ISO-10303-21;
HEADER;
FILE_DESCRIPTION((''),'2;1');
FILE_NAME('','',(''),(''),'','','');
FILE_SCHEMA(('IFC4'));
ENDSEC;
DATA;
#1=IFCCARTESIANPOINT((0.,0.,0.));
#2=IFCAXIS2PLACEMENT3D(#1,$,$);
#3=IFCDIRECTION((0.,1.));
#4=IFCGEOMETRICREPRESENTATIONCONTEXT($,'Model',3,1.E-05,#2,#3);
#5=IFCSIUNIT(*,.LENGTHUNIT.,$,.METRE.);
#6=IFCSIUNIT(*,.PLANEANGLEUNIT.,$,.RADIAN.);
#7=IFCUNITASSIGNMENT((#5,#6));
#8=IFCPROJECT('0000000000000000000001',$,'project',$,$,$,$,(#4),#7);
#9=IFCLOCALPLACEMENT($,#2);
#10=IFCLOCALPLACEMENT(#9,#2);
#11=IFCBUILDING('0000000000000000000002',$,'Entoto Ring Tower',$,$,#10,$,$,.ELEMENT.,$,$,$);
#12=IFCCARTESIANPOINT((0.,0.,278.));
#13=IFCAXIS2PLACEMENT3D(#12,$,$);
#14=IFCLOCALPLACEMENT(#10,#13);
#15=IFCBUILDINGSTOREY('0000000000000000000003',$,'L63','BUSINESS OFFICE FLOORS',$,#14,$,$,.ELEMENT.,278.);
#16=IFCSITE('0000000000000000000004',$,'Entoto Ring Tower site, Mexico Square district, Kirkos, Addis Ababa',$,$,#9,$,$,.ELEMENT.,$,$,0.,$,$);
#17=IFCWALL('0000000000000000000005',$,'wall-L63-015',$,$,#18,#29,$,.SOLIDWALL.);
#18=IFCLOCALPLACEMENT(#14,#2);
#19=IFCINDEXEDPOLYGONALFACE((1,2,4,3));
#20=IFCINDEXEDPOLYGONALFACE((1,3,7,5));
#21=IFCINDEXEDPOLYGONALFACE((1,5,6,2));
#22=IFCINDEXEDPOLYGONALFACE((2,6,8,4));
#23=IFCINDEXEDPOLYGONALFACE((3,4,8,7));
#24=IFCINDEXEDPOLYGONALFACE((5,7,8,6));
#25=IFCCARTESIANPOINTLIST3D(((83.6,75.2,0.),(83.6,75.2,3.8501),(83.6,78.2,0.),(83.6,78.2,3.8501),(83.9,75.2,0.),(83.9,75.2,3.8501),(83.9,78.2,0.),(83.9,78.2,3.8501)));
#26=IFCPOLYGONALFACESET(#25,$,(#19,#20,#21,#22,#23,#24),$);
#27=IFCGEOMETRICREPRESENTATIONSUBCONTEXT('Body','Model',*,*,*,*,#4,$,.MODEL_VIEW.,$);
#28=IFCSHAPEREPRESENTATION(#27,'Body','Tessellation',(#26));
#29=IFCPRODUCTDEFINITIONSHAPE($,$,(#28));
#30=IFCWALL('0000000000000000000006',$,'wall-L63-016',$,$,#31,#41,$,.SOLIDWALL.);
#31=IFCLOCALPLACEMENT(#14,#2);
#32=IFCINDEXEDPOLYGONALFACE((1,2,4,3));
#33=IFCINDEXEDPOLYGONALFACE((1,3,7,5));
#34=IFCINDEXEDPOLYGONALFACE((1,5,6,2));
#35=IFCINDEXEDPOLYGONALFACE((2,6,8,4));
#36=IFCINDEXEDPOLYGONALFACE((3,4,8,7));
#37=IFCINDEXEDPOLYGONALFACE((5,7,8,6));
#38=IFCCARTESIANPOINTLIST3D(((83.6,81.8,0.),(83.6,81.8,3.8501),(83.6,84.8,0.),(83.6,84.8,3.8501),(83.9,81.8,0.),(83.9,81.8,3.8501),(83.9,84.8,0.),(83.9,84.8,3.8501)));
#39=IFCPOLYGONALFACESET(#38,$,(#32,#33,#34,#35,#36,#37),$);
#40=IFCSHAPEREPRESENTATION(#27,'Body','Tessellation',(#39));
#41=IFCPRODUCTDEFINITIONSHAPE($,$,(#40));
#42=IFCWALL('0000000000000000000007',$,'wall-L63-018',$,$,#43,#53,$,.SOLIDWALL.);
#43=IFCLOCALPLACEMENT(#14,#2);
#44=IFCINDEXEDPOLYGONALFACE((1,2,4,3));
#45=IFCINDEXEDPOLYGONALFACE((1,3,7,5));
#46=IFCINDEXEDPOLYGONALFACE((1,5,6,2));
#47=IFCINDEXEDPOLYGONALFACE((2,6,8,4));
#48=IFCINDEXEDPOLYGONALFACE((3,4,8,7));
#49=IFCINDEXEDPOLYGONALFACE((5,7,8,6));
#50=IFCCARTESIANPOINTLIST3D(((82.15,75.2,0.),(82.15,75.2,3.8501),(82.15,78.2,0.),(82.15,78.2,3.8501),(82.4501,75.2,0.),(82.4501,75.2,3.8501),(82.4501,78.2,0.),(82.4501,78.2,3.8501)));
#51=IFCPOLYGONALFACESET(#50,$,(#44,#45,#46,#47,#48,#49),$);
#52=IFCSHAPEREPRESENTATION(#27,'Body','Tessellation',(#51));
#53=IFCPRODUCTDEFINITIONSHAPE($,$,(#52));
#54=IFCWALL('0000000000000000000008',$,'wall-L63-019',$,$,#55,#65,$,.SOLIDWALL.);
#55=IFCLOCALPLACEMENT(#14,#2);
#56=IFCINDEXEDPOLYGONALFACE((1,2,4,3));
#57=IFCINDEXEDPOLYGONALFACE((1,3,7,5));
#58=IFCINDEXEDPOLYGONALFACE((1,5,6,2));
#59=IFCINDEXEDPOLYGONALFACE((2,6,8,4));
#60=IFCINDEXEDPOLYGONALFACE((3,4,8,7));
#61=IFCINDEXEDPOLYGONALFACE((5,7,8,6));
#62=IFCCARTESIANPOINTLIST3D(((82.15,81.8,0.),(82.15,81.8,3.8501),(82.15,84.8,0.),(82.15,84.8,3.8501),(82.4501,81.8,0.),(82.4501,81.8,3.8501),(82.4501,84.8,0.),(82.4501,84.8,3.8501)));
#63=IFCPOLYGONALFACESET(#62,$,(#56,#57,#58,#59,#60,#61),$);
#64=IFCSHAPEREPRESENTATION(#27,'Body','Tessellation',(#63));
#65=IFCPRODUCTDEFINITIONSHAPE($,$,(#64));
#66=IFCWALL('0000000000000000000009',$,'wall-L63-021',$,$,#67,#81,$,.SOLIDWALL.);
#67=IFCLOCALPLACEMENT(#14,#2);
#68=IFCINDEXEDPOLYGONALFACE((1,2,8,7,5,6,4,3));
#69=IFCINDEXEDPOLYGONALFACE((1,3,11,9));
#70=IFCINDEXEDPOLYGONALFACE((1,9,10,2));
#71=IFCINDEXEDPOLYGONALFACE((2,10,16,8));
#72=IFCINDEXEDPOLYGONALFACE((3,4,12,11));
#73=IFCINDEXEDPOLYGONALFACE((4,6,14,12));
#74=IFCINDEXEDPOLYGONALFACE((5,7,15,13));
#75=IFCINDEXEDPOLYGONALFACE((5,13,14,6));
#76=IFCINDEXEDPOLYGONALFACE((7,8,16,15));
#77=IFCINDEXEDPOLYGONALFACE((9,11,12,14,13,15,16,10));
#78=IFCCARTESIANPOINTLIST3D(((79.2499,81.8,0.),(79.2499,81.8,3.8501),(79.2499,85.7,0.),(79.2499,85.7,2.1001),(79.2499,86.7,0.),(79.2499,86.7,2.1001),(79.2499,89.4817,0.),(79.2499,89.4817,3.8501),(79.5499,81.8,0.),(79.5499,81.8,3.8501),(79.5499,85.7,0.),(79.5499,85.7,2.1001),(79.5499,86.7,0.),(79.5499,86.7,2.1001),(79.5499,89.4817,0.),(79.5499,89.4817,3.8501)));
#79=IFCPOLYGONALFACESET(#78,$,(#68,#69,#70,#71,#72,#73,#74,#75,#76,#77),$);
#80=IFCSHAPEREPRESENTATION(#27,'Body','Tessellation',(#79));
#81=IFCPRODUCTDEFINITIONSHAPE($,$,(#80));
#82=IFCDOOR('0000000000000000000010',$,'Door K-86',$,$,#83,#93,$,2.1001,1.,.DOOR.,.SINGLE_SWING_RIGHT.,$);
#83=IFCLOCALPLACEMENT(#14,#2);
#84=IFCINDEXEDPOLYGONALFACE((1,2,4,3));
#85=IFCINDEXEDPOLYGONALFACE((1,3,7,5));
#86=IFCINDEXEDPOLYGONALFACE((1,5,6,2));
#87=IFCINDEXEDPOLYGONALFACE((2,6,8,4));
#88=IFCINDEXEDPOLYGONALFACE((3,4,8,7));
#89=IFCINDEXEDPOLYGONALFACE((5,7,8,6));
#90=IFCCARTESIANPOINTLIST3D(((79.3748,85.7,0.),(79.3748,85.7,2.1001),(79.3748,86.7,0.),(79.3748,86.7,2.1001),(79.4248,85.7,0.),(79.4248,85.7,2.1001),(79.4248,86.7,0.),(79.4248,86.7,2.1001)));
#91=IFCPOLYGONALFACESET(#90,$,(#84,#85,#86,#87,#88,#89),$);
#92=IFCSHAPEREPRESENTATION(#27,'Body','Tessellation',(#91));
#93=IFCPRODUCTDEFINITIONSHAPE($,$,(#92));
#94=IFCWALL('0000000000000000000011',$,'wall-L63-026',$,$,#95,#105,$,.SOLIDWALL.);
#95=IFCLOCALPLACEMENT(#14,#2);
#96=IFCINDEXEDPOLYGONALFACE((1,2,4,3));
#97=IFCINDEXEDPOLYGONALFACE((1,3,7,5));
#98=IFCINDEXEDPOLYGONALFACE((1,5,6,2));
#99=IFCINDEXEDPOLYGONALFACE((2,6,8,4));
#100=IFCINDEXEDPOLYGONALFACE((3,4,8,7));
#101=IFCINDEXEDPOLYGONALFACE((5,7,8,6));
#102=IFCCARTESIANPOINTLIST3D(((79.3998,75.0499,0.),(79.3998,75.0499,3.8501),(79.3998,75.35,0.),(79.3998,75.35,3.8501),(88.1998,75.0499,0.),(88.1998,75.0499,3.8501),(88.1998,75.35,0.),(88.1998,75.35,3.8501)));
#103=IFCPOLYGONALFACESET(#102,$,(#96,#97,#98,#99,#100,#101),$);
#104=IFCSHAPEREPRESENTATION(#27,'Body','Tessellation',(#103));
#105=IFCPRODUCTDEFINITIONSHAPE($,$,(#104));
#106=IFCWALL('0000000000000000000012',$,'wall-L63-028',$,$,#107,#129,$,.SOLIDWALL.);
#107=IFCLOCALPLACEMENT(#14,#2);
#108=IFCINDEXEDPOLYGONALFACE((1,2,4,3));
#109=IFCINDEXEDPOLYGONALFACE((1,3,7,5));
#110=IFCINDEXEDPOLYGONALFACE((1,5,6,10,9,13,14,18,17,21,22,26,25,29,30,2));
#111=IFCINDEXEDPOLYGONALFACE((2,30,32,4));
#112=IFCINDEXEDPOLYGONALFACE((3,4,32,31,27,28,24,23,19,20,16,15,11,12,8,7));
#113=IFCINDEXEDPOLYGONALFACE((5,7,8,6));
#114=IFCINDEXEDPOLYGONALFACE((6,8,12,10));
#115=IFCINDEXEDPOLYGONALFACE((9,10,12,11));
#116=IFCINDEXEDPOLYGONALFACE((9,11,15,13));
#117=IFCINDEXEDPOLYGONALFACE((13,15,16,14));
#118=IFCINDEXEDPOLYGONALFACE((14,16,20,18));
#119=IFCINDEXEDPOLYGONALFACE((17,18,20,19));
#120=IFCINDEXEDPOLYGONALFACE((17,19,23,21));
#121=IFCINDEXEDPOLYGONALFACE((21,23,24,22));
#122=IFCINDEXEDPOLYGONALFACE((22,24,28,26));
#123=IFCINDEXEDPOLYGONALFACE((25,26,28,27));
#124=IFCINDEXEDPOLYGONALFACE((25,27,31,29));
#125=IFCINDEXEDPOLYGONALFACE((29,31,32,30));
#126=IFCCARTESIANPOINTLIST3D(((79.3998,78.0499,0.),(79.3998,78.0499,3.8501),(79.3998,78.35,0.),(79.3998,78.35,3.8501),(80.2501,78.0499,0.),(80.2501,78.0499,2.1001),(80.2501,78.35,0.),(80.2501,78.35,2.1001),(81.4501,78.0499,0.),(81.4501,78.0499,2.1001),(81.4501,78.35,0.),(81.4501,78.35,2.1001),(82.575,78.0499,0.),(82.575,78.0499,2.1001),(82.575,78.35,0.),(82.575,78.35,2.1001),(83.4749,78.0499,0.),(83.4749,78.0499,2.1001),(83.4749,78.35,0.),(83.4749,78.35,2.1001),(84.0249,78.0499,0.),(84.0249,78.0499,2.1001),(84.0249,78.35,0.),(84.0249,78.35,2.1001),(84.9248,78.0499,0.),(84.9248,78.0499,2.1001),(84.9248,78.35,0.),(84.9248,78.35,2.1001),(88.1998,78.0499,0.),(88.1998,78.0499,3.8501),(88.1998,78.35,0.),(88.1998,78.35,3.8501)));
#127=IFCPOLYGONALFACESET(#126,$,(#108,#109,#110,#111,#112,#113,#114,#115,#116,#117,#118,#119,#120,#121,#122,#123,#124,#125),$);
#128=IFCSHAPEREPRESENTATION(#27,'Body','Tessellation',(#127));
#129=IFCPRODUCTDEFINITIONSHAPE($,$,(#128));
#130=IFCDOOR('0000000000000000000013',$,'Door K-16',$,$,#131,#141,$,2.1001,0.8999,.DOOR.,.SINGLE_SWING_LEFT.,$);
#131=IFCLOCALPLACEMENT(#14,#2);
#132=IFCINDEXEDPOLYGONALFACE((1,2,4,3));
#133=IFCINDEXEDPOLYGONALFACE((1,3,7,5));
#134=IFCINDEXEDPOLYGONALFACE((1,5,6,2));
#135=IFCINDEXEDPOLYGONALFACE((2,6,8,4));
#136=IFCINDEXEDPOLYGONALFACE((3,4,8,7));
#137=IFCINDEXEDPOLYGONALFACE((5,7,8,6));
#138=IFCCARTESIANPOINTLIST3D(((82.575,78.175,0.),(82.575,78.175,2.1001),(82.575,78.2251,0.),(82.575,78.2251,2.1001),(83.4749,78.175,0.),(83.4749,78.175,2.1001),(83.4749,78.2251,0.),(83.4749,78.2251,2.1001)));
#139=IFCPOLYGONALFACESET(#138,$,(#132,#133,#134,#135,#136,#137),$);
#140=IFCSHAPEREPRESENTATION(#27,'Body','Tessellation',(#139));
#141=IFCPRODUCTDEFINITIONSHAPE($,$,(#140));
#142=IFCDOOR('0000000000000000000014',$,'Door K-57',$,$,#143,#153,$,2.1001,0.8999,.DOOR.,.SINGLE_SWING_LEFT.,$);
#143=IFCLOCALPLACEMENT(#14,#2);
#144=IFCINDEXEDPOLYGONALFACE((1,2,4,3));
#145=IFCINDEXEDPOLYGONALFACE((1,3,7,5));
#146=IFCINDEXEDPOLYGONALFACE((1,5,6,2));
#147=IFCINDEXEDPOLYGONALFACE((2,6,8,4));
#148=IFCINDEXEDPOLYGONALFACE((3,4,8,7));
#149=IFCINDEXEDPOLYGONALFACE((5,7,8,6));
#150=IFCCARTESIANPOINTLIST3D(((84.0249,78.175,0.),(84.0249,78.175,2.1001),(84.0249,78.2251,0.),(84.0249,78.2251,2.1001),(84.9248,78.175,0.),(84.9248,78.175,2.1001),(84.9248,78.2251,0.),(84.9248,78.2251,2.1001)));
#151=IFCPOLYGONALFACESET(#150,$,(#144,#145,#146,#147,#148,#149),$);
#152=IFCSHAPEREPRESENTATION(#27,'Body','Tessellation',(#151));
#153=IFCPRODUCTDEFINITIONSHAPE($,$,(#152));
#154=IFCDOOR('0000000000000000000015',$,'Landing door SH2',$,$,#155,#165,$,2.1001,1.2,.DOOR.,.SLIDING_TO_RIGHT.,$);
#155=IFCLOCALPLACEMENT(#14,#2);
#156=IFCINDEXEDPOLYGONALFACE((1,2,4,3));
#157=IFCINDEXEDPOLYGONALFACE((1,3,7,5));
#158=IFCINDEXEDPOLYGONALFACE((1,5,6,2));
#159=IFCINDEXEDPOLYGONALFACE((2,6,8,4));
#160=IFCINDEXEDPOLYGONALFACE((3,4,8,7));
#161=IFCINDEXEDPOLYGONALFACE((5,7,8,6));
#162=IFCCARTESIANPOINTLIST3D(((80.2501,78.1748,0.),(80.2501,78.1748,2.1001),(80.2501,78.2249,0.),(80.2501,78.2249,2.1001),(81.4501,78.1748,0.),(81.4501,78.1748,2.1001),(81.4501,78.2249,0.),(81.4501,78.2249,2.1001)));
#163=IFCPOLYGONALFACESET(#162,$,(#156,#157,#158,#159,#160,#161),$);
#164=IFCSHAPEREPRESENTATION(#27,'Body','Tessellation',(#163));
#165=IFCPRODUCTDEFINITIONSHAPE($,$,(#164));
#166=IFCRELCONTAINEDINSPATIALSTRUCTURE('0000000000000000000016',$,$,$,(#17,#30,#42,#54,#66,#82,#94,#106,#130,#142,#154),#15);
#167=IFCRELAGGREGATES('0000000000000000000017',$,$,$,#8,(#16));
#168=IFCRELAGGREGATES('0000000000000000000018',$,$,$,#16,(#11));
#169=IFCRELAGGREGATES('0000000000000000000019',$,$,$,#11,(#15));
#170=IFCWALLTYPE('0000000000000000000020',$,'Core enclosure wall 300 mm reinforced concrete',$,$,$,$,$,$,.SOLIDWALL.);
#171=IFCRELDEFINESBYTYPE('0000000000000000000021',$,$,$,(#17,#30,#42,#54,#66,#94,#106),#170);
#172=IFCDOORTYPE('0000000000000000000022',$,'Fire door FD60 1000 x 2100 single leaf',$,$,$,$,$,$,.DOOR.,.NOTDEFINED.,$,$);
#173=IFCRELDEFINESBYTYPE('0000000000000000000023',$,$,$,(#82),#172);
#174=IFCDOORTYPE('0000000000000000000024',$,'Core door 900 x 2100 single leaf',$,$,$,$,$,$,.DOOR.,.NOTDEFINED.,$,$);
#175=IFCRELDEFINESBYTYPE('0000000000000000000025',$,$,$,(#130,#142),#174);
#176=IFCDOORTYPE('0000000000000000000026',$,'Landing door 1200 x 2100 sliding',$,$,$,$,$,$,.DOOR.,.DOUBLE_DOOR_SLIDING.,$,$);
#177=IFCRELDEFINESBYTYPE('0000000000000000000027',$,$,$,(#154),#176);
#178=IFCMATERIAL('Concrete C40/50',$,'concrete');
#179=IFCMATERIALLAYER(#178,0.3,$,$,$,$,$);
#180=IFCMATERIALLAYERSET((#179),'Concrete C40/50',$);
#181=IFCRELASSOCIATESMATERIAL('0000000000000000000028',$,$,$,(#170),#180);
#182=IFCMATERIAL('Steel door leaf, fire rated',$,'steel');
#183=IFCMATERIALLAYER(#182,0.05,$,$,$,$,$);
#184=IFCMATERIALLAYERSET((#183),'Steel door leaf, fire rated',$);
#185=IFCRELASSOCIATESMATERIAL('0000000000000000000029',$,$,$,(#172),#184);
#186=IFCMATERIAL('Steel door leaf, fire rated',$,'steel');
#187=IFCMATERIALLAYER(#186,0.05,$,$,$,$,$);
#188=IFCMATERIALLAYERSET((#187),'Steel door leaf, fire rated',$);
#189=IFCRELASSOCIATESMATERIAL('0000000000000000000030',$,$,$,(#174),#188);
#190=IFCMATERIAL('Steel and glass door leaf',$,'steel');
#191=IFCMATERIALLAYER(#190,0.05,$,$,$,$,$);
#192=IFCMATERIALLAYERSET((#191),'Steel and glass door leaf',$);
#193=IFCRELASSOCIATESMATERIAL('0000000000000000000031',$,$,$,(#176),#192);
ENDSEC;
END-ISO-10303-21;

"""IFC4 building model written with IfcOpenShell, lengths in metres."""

from ifc_helpers import new_model, si_unit, direction, frame, frame_2d, origin, place, context, subcontext, project, spatial, rectangle, extrude, material, layer, layer_set, type_object, element, fill, save


model = new_model("IFC4")

# Units and contexts
model_context = context("Model", 3, precision=1e-05, world=origin(), true_north=direction((0.0, 1.0)))
body_context = subcontext(model_context, "Body", "Model", "MODEL_VIEW")
ifc_project = project(units=[si_unit("LENGTHUNIT", "METRE"), si_unit("PLANEANGLEUNIT", "RADIAN")], contexts=[model_context])

# Site, building, storey
site_placement = place(None, origin())
site = spatial("IfcSite", under=ifc_project, at=site_placement, Name="Entoto Ring Tower site, Mexico Square district, Kirkos, Addis Ababa", CompositionType="ELEMENT", RefElevation=0.0)
building_placement = place(site_placement, origin())
building = spatial("IfcBuilding", under=site, at=building_placement, Name="Entoto Ring Tower", CompositionType="ELEMENT")
storey_placement = place(building_placement, frame((0.0, 0.0, 278.0)))
storey = spatial("IfcBuildingStorey", under=building, at=storey_placement, Name="L63", Description="BUSINESS OFFICE FLOORS", CompositionType="ELEMENT", Elevation=278.0)

# Walls
ifc_material_1 = material(Name="Concrete C40/50", Category="concrete")
ifc_layer_1 = layer(ifc_material_1, 0.3)
ifc_layer_set_1 = layer_set([ifc_layer_1], Name="Concrete C40/50")
wall_type = type_object("IfcWallType", Name="Core enclosure wall 300 mm reinforced concrete", PredefinedType="SOLIDWALL", material=ifc_layer_set_1)
for number, where, z_axis, x_axis, name in (
    (1, (83.75, 75.2, 0.0), (0.0, 0.0, 1.0), (0.0, 1.0, 0.0), "wall-L63-015"),
    (2, (83.75, 81.8, 0.0), (0.0, 0.0, 1.0), (0.0, 1.0, 0.0), "wall-L63-016"),
    (3, (82.3, 75.2, 0.0), (0.0, 0.0, 1.0), (0.0, 1.0, 0.0), "wall-L63-018"),
    (4, (82.3, 81.8, 0.0), (0.0, 0.0, 1.0), (0.0, 1.0, 0.0), "wall-L63-019"),
):
    element("IfcWall", number, at=place(storey_placement, frame(where, z_axis=z_axis, x_axis=x_axis)), inside=storey, type_object=wall_type, Name=name, PredefinedType="SOLIDWALL", context=body_context, shape_type="SweptSolid", body=[
        extrude(rectangle(XDim=3.0, YDim=0.3, at=frame_2d((1.5, 0.0))), origin(), (0.0, 0.0, 1.0), 3.8501),
    ])

# Wall, opening, door
wall_1_placement = place(storey_placement, frame((79.3999, 81.8, 0.0), z_axis=(0.0, 0.0, 1.0), x_axis=(0.0, 1.0, 0.0)))
wall_1 = element("IfcWall", 5, at=wall_1_placement, inside=storey, type_object=wall_type, Name="wall-L63-021", PredefinedType="SOLIDWALL", context=body_context, shape_type="SweptSolid", body=[
    extrude(rectangle(XDim=7.6816, YDim=0.3, at=frame_2d((3.8408, 0.0))), origin(), (0.0, 0.0, 1.0), 3.8501),
])
opening_1_placement = place(wall_1_placement, frame((3.8999, 0.0, 0.0)))
opening_1 = element("IfcOpeningElement", 6, at=opening_1_placement, cuts=wall_1, PredefinedType="OPENING", context=body_context, shape_type="SweptSolid", body=[
    extrude(rectangle(XDim=1.0, YDim=2.1001, at=frame_2d((0.5, 1.05))), frame((0.0, 0.1602, 0.0), z_axis=(0.0, -1.0, 0.0), x_axis=(1.0, 0.0, 0.0)), (0.0, 0.0, 1.0), 0.3201),
])
ifc_material_2 = material(Name="Steel door leaf, fire rated", Category="steel")
ifc_layer_2 = layer(ifc_material_2, 0.05)
ifc_layer_set_2 = layer_set([ifc_layer_2], Name="Steel door leaf, fire rated")
door_type_1 = type_object("IfcDoorType", Name="Fire door FD60 1000 x 2100 single leaf", OperationType="NOTDEFINED", PredefinedType="DOOR", material=ifc_layer_set_2)
door_1_placement = place(opening_1_placement, frame((1.0, 0.0, 0.0), z_axis=(0.0, 0.0, 1.0), x_axis=(-1.0, 0.0, 0.0)))
door_1 = element("IfcDoor", 7, at=door_1_placement, inside=storey, type_object=door_type_1, Name="Door K-86", OperationType="SINGLE_SWING_RIGHT", OverallHeight=2.1001, OverallWidth=1.0, PredefinedType="DOOR", context=body_context, shape_type="SweptSolid", body=[
    extrude(rectangle(XDim=1.0, YDim=2.1001, at=frame_2d((0.5, 1.05))), frame((0.0, 0.0249, 0.0), z_axis=(0.0, -1.0, 0.0), x_axis=(1.0, 0.0, 0.0)), (0.0, 0.0, 1.0), 0.05),
])
fill(opening_1, door_1)

# Wall
wall_2_placement = place(storey_placement, frame((79.3999, 75.2, 0.0), z_axis=(0.0, 0.0, 1.0), x_axis=(1.0, 0.0, 0.0)))
element("IfcWall", 8, at=wall_2_placement, inside=storey, type_object=wall_type, Name="wall-L63-026", PredefinedType="SOLIDWALL", context=body_context, shape_type="SweptSolid", body=[
    extrude(rectangle(XDim=8.8, YDim=0.3, at=frame_2d((4.3999, 0.0))), origin(), (0.0, 0.0, 1.0), 3.8501),
])

# Wall, openings, doors
wall_3_placement = place(storey_placement, frame((79.3999, 78.2, 0.0), z_axis=(0.0, 0.0, 1.0), x_axis=(1.0, 0.0, 0.0)))
wall_3 = element("IfcWall", 9, at=wall_3_placement, inside=storey, type_object=wall_type, Name="wall-L63-028", PredefinedType="SOLIDWALL", context=body_context, shape_type="SweptSolid", body=[
    extrude(rectangle(XDim=8.8, YDim=0.3, at=frame_2d((4.3999, 0.0))), origin(), (0.0, 0.0, 1.0), 3.8501),
])
opening_2_placement = place(wall_3_placement, frame((0.8501, 0.0, 0.0)))
opening_2 = element("IfcOpeningElement", 10, at=opening_2_placement, cuts=wall_3, PredefinedType="OPENING", context=body_context, shape_type="SweptSolid", body=[
    extrude(rectangle(XDim=1.2, YDim=2.1001, at=frame_2d((0.6001, 1.05))), frame((0.0, 0.1602, 0.0), z_axis=(0.0, -1.0, 0.0), x_axis=(1.0, 0.0, 0.0)), (0.0, 0.0, 1.0), 0.3201),
])
opening_3_placement = place(wall_3_placement, frame((3.175, 0.0, 0.0)))
opening_3 = element("IfcOpeningElement", 11, at=opening_3_placement, cuts=wall_3, PredefinedType="OPENING", context=body_context, shape_type="SweptSolid", body=[
    extrude(rectangle(XDim=0.8999, YDim=2.1001, at=frame_2d((0.45, 1.05))), frame((0.0, 0.1602, 0.0), z_axis=(0.0, -1.0, 0.0), x_axis=(1.0, 0.0, 0.0)), (0.0, 0.0, 1.0), 0.3201),
])
opening_4_placement = place(wall_3_placement, frame((4.625, 0.0, 0.0)))
opening_4 = element("IfcOpeningElement", 12, at=opening_4_placement, cuts=wall_3, PredefinedType="OPENING", context=body_context, shape_type="SweptSolid", body=[
    extrude(rectangle(XDim=0.8999, YDim=2.1001, at=frame_2d((0.45, 1.05))), frame((0.0, 0.1602, 0.0), z_axis=(0.0, -1.0, 0.0), x_axis=(1.0, 0.0, 0.0)), (0.0, 0.0, 1.0), 0.3201),
])
ifc_material_3 = material(Name="Steel door leaf, fire rated", Category="steel")
ifc_layer_3 = layer(ifc_material_3, 0.05)
ifc_layer_set_3 = layer_set([ifc_layer_3], Name="Steel door leaf, fire rated")
door_type_2 = type_object("IfcDoorType", Name="Core door 900 x 2100 single leaf", OperationType="NOTDEFINED", PredefinedType="DOOR", material=ifc_layer_set_3)
door_2_placement = place(opening_3_placement, frame((0.8999, 0.0, 0.0), z_axis=(0.0, 0.0, 1.0), x_axis=(-1.0, 0.0, 0.0)))
door_2 = element("IfcDoor", 13, at=door_2_placement, inside=storey, type_object=door_type_2, Name="Door K-16", OperationType="SINGLE_SWING_LEFT", OverallHeight=2.1001, OverallWidth=0.8999, PredefinedType="DOOR", context=body_context, shape_type="SweptSolid", body=[
    extrude(rectangle(XDim=0.8999, YDim=2.1001, at=frame_2d((0.45, 1.05))), frame((0.0, 0.0249, 0.0), z_axis=(0.0, -1.0, 0.0), x_axis=(1.0, 0.0, 0.0)), (0.0, 0.0, 1.0), 0.05),
])
fill(opening_3, door_2)
door_3_placement = place(opening_4_placement, frame((0.8999, 0.0, 0.0), z_axis=(0.0, 0.0, 1.0), x_axis=(-1.0, 0.0, 0.0)))
door_3 = element("IfcDoor", 14, at=door_3_placement, inside=storey, type_object=door_type_2, Name="Door K-57", OperationType="SINGLE_SWING_LEFT", OverallHeight=2.1001, OverallWidth=0.8999, PredefinedType="DOOR", context=body_context, shape_type="SweptSolid", body=[
    extrude(rectangle(XDim=0.8999, YDim=2.1001, at=frame_2d((0.45, 1.05))), frame((0.0, 0.0249, 0.0), z_axis=(0.0, -1.0, 0.0), x_axis=(1.0, 0.0, 0.0)), (0.0, 0.0, 1.0), 0.05),
])
fill(opening_4, door_3)
ifc_material_4 = material(Name="Steel and glass door leaf", Category="steel")
ifc_layer_4 = layer(ifc_material_4, 0.05)
ifc_layer_set_4 = layer_set([ifc_layer_4], Name="Steel and glass door leaf")
door_type_3 = type_object("IfcDoorType", Name="Landing door 1200 x 2100 sliding", OperationType="DOUBLE_DOOR_SLIDING", PredefinedType="DOOR", material=ifc_layer_set_4)
door_4_placement = place(opening_2_placement, origin())
door_4 = element("IfcDoor", 15, at=door_4_placement, inside=storey, type_object=door_type_3, Name="Landing door SH2", OperationType="SLIDING_TO_RIGHT", OverallHeight=2.1001, OverallWidth=1.2, PredefinedType="DOOR", context=body_context, shape_type="SweptSolid", body=[
    extrude(rectangle(XDim=1.2, YDim=2.1001, at=frame_2d((0.6001, 1.05))), frame((0.0, 0.0249, 0.0), z_axis=(0.0, -1.0, 0.0), x_axis=(1.0, 0.0, 0.0)), (0.0, 0.0, 1.0), 0.05),
])
fill(opening_2, door_4)

save(model, "model.ifc")
